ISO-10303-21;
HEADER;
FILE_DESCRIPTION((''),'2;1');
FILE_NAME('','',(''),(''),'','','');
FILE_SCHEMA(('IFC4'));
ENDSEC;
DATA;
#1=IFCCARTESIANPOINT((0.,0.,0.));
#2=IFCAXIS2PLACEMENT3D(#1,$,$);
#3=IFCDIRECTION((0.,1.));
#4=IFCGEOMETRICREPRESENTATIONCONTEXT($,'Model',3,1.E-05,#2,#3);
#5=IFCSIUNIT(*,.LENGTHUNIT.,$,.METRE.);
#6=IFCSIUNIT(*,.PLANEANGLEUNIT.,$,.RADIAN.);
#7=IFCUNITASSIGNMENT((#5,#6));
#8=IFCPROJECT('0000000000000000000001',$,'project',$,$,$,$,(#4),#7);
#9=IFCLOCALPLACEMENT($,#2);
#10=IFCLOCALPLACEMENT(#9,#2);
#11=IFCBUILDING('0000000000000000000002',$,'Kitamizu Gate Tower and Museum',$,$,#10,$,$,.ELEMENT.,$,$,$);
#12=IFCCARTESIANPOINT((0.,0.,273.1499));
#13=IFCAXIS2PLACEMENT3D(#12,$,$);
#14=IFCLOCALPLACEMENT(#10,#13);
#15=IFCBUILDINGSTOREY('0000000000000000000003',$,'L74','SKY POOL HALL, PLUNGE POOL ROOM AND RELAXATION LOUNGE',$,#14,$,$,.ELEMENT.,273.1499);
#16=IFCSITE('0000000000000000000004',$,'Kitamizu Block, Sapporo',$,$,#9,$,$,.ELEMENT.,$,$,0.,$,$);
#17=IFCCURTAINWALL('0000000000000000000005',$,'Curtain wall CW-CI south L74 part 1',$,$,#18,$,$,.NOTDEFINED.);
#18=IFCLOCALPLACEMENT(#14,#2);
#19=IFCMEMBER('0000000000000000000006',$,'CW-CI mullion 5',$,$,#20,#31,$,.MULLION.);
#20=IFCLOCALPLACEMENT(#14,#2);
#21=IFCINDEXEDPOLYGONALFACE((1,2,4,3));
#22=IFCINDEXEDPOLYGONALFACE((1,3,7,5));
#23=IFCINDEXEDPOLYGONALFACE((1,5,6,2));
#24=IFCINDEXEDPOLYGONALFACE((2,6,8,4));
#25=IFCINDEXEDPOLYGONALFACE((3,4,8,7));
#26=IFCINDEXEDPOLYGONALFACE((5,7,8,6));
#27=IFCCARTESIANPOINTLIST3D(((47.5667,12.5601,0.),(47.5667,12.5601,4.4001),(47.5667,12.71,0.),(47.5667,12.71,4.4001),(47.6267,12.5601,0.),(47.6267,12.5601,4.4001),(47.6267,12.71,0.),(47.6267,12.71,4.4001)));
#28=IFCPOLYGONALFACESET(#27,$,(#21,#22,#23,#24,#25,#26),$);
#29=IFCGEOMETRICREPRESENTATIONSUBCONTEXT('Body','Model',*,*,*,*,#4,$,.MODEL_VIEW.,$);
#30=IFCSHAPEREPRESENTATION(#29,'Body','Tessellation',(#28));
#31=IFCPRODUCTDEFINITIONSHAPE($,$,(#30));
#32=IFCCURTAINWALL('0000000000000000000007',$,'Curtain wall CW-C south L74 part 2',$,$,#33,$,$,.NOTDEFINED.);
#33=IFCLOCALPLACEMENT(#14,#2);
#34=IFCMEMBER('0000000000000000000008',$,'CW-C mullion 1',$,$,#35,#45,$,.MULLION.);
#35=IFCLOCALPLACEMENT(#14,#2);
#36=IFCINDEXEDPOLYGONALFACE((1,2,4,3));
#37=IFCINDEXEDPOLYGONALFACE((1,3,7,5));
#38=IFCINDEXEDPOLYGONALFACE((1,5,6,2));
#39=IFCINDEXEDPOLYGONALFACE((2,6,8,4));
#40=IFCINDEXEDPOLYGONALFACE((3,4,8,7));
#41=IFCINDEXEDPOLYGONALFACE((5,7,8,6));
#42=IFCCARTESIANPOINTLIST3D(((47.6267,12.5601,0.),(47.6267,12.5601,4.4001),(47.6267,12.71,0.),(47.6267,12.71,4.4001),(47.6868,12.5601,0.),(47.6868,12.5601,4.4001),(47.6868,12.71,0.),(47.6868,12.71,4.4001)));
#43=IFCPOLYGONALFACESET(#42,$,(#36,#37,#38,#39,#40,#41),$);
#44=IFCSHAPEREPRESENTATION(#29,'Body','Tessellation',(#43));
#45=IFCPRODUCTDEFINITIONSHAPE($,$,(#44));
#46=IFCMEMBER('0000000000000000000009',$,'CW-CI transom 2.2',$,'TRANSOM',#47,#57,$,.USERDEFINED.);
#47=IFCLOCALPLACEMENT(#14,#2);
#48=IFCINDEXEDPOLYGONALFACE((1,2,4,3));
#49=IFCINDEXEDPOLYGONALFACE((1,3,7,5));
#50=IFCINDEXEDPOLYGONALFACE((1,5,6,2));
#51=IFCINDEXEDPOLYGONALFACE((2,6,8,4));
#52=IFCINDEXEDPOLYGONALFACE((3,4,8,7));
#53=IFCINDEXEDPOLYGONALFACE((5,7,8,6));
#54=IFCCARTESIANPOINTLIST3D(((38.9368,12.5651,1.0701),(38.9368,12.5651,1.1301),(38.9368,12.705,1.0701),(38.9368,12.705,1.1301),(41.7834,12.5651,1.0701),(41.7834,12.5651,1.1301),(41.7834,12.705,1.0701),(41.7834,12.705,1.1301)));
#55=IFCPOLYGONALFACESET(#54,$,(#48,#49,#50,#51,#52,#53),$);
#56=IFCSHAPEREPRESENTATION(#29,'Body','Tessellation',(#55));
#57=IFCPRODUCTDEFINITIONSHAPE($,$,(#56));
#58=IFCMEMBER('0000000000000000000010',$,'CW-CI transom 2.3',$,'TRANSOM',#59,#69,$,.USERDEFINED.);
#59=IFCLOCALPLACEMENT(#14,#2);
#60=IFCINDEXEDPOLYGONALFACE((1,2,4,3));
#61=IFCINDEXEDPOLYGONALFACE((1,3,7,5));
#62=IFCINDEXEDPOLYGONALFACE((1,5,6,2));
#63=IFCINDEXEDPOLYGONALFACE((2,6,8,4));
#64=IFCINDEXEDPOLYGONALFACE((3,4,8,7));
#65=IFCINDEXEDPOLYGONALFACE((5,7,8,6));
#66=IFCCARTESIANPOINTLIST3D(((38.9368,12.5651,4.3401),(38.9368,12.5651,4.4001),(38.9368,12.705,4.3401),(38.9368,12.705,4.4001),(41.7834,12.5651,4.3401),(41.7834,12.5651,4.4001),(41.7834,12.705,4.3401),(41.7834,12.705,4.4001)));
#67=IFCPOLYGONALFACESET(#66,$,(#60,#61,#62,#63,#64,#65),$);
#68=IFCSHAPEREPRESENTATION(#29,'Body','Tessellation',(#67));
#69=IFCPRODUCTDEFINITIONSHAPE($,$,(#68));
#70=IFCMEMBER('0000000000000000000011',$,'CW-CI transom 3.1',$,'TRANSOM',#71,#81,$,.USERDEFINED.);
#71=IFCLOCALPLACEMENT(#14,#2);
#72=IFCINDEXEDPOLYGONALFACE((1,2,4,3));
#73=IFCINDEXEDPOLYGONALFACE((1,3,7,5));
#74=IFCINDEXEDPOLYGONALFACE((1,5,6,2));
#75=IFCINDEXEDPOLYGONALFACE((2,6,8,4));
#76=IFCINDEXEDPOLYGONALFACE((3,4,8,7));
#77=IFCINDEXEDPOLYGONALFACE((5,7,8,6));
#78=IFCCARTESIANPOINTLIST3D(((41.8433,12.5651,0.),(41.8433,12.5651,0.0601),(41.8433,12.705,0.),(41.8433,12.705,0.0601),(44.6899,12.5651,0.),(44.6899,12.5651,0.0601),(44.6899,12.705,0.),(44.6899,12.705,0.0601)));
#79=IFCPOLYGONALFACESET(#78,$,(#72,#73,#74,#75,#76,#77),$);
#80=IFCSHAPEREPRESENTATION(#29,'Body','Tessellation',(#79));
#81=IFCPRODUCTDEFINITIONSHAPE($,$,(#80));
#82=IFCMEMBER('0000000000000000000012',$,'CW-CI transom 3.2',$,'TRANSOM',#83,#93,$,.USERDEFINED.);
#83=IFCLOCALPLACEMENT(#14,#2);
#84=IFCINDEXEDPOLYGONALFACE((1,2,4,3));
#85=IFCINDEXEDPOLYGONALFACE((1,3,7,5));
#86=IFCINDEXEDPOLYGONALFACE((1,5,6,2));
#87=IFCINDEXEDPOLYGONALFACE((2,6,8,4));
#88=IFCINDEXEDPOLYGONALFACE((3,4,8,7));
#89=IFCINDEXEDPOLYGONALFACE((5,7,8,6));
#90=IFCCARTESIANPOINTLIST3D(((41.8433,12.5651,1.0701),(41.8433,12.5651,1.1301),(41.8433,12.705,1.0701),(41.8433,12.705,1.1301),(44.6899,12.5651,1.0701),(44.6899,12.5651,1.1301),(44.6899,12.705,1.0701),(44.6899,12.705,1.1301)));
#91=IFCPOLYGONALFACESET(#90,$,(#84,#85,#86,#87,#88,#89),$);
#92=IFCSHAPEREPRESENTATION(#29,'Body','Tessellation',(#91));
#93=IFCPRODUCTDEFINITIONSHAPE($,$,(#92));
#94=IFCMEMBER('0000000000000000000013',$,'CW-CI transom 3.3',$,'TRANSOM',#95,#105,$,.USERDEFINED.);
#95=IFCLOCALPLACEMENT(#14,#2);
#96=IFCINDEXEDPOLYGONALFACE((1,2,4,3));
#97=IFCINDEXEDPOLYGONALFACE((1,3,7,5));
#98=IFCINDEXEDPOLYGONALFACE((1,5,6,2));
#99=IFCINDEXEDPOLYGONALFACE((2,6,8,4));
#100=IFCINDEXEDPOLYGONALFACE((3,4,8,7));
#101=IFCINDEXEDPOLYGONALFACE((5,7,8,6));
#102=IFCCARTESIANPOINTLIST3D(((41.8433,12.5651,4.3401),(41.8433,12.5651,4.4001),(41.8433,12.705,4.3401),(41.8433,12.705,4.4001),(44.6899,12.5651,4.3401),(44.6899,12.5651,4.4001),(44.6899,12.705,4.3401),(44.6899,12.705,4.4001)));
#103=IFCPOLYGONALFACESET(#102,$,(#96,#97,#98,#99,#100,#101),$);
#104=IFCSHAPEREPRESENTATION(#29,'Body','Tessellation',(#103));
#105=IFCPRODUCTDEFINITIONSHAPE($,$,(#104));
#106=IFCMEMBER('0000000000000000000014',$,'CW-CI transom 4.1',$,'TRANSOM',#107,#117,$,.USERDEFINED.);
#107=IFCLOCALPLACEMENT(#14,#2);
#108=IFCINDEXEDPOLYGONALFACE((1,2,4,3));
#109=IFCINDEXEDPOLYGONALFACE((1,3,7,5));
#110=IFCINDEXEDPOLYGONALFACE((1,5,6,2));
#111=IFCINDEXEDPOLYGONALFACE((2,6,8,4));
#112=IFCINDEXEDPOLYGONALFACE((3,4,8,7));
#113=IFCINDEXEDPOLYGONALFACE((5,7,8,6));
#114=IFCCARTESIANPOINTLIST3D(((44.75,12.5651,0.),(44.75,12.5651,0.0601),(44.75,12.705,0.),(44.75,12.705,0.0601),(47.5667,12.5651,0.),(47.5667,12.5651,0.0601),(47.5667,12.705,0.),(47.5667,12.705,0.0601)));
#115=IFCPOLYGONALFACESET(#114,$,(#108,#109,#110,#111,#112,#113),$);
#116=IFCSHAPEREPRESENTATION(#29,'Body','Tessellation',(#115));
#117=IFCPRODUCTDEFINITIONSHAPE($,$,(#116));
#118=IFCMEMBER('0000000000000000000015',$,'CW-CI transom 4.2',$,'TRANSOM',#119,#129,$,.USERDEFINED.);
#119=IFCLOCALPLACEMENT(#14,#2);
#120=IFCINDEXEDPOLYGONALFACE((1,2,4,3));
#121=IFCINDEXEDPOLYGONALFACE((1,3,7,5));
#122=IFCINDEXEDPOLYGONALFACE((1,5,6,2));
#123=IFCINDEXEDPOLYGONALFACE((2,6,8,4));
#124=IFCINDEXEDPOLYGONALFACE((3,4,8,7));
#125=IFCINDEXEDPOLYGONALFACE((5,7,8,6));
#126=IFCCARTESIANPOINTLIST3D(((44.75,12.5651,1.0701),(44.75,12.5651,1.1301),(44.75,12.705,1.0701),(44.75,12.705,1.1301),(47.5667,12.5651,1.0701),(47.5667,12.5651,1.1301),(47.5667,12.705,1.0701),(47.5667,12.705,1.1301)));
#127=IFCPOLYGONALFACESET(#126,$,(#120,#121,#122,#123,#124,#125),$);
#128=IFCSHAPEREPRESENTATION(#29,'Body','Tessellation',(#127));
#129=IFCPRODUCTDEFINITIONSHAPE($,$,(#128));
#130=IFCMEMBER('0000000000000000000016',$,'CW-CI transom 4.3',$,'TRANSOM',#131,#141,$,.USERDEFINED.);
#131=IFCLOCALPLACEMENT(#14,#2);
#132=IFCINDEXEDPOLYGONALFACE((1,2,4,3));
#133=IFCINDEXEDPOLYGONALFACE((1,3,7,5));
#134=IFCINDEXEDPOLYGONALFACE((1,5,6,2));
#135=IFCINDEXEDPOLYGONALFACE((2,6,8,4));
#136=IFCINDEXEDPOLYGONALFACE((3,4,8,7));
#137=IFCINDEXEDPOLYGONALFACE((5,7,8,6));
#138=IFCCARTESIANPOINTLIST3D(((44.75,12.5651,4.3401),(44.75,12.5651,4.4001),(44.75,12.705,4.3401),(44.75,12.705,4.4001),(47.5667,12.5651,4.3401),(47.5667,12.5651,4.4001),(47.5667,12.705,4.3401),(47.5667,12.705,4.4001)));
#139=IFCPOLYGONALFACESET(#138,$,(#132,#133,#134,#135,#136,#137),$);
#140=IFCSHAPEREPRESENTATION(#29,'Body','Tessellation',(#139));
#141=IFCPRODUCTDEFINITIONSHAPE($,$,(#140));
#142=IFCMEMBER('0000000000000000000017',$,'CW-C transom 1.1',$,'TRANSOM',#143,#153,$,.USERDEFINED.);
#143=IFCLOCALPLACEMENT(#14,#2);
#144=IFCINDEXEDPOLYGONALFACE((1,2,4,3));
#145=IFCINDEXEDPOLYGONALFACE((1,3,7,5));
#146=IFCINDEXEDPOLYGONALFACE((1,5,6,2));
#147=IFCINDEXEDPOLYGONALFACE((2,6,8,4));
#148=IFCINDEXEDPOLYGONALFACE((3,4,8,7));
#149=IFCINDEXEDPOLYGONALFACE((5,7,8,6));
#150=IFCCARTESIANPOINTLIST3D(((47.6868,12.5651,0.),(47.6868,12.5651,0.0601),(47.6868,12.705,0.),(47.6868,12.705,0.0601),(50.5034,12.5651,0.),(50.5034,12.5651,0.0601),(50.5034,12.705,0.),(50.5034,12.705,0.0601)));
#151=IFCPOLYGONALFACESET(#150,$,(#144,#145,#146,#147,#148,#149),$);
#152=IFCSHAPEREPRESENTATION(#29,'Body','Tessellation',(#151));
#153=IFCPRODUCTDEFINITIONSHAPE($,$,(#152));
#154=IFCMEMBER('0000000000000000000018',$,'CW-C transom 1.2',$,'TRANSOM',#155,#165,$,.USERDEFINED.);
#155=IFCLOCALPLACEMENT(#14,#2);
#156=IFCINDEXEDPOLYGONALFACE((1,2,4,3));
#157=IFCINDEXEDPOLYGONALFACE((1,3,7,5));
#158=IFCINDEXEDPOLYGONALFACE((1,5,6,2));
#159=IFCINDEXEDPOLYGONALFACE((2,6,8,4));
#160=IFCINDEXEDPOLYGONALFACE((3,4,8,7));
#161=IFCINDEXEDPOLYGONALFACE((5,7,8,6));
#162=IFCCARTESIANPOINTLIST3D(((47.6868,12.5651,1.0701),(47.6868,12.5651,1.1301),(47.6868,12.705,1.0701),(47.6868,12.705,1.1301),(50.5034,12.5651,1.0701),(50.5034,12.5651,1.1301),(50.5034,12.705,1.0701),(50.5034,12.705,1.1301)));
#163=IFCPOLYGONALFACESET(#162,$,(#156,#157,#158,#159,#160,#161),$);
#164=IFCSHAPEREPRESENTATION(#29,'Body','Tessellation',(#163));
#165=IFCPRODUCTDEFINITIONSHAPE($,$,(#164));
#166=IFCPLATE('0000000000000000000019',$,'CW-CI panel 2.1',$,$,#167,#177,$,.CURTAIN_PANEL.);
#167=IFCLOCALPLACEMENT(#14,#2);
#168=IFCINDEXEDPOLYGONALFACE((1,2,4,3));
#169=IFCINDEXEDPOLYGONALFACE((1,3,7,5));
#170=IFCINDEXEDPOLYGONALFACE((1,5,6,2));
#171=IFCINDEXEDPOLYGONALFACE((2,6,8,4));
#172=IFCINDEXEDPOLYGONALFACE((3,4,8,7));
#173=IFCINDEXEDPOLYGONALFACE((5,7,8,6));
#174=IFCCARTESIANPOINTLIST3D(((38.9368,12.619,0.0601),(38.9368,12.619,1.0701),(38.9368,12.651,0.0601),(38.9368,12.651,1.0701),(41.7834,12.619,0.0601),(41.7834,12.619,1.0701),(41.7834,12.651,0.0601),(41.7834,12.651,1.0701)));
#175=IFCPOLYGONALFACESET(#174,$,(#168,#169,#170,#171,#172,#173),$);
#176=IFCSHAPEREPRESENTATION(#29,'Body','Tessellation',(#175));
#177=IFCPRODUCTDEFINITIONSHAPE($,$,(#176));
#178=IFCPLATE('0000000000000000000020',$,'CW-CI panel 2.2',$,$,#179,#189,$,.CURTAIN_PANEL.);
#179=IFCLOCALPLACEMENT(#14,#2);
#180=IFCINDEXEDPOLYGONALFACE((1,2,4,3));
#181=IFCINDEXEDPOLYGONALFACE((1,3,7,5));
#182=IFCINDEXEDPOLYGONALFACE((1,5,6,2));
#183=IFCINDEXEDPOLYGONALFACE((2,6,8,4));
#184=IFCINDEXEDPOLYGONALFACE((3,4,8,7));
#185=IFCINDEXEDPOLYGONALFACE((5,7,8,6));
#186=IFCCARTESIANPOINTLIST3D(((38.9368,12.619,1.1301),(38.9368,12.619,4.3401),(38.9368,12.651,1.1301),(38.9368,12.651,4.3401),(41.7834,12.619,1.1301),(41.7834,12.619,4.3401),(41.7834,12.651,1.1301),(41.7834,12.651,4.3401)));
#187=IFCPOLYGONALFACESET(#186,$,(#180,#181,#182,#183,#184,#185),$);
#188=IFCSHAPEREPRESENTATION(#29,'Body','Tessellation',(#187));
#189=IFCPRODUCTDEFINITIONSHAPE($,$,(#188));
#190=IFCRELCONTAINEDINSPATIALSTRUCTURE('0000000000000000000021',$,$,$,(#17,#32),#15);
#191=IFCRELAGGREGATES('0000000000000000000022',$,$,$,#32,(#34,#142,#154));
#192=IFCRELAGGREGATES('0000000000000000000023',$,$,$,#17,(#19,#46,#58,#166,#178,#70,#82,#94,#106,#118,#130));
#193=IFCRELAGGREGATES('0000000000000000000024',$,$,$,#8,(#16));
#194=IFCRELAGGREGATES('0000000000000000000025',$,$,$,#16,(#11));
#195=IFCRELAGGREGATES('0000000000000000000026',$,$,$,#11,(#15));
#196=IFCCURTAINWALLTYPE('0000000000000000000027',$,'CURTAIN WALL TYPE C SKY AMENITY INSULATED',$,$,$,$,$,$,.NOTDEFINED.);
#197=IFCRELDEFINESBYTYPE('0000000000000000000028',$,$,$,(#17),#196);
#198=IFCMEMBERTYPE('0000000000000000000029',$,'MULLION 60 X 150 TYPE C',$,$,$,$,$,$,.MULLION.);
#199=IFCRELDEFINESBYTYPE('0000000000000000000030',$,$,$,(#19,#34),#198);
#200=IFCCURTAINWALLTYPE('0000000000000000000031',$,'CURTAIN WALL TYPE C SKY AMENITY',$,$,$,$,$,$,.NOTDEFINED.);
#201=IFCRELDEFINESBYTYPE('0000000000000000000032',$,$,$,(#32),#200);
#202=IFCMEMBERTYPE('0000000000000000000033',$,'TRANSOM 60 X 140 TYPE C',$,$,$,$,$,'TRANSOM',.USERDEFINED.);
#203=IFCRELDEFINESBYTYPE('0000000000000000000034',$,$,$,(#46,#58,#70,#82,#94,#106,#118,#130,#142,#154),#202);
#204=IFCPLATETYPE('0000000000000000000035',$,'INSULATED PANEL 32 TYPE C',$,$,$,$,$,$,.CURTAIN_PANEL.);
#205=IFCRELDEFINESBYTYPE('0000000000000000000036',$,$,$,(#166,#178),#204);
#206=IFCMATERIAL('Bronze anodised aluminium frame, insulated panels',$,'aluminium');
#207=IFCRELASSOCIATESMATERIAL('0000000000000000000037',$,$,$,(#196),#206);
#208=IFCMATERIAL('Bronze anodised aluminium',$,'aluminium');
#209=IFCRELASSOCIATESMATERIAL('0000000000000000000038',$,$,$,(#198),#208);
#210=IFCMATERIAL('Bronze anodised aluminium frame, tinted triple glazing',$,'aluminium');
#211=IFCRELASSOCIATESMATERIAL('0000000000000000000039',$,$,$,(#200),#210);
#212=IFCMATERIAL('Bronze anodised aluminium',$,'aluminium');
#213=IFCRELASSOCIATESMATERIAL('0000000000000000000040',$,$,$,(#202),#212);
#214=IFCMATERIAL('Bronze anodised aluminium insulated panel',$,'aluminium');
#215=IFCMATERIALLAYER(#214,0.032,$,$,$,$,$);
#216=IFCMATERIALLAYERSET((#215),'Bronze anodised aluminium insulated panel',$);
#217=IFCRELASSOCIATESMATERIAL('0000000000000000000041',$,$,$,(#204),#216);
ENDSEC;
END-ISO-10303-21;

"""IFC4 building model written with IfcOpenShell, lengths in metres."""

from ifc_helpers import new_model, si_unit, direction, frame, origin, origin_2d, place, context, subcontext, project, spatial, rectangle, extrude, material, layer, layer_set, material_profile, profile_set, type_object, element, aggregate, save


model = new_model("IFC4")

# Units and contexts
model_context = context("Model", 3, precision=1e-05, world=origin(), true_north=direction((0.0, 1.0)))
body_context = subcontext(model_context, "Body", "Model", "MODEL_VIEW")
ifc_project = project(units=[si_unit("LENGTHUNIT", "METRE"), si_unit("PLANEANGLEUNIT", "RADIAN")], contexts=[model_context])

# Site, building, storey
site_placement = place(None, origin())
site = spatial("IfcSite", under=ifc_project, at=site_placement, Name="Kitamizu Block, Sapporo", CompositionType="ELEMENT", RefElevation=0.0)
building_placement = place(site_placement, origin())
building = spatial("IfcBuilding", under=site, at=building_placement, Name="Kitamizu Gate Tower and Museum", CompositionType="ELEMENT")
storey_placement = place(building_placement, frame((0.0, 0.0, 273.1499)))
storey = spatial("IfcBuildingStorey", under=building, at=storey_placement, Name="L74", Description="SKY POOL HALL, PLUNGE POOL ROOM AND RELAXATION LOUNGE", CompositionType="ELEMENT", Elevation=273.1499)

# Curtain wall, member
ifc_material_1 = material(Name="Bronze anodised aluminium frame, insulated panels", Category="aluminium")
curtain_wall_type_1 = type_object("IfcCurtainWallType", Name="CURTAIN WALL TYPE C SKY AMENITY INSULATED", PredefinedType="NOTDEFINED", material=ifc_material_1)
curtain_wall_1_placement = place(storey_placement, origin())
curtain_wall_1 = element("IfcCurtainWall", 1, at=curtain_wall_1_placement, inside=storey, type_object=curtain_wall_type_1, Name="Curtain wall CW-CI south L74 part 1", PredefinedType="NOTDEFINED")
ifc_material_2 = material(Name="Bronze anodised aluminium", Category="aluminium")
ifc_material_profile_1 = material_profile(ifc_material_2, rectangle(XDim=0.0601, YDim=0.1499, at=origin_2d()), Name="AL 60X150")
ifc_profile_set_1 = profile_set([ifc_material_profile_1], Name="Bronze anodised aluminium")
member_type_1 = type_object("IfcMemberType", Name="MULLION 60 X 150 TYPE C", PredefinedType="MULLION", material=ifc_profile_set_1)
member_1_placement = place(storey_placement, frame((47.5967, 12.635, 0.0), z_axis=(0.0, 0.0, 1.0), x_axis=(1.0, 0.0, 0.0)))
member_1 = element("IfcMember", 2, at=member_1_placement, type_object=member_type_1, Name="CW-CI mullion 5", PredefinedType="MULLION", context=body_context, shape_type="SweptSolid", body=[
    extrude(rectangle(XDim=0.0601, YDim=0.1499, at=origin_2d()), origin(), (0.0, 0.0, 1.0), 4.4001),
])

# Curtain wall, member
ifc_material_3 = material(Name="Bronze anodised aluminium frame, tinted triple glazing", Category="aluminium")
curtain_wall_type_2 = type_object("IfcCurtainWallType", Name="CURTAIN WALL TYPE C SKY AMENITY", PredefinedType="NOTDEFINED", material=ifc_material_3)
curtain_wall_2_placement = place(storey_placement, origin())
curtain_wall_2 = element("IfcCurtainWall", 3, at=curtain_wall_2_placement, inside=storey, type_object=curtain_wall_type_2, Name="Curtain wall CW-C south L74 part 2", PredefinedType="NOTDEFINED")
member_2_placement = place(storey_placement, frame((47.6567, 12.635, 0.0), z_axis=(0.0, 0.0, 1.0), x_axis=(1.0, 0.0, 0.0)))
member_2 = element("IfcMember", 4, at=member_2_placement, type_object=member_type_1, Name="CW-C mullion 1", PredefinedType="MULLION", context=body_context, shape_type="SweptSolid", body=[
    extrude(rectangle(XDim=0.0601, YDim=0.1499, at=origin_2d()), origin(), (0.0, 0.0, 1.0), 4.4001),
])

# Members
ifc_material_4 = material(Name="Bronze anodised aluminium", Category="aluminium")
ifc_material_profile_2 = material_profile(ifc_material_4, rectangle(XDim=0.1399, YDim=0.0601, at=origin_2d()), Name="AL 60X140")
ifc_profile_set_2 = profile_set([ifc_material_profile_2], Name="Bronze anodised aluminium")
member_type_2 = type_object("IfcMemberType", Name="TRANSOM 60 X 140 TYPE C", ElementType="TRANSOM", PredefinedType="USERDEFINED", material=ifc_profile_set_2)
member_3_placement = place(storey_placement, frame((38.9368, 12.635, 1.1001), z_axis=(1.0, 0.0, 0.0), x_axis=(0.0, 1.0, 0.0)))
member_3 = element("IfcMember", 5, at=member_3_placement, type_object=member_type_2, Name="CW-CI transom 2.2", ObjectType="TRANSOM", PredefinedType="USERDEFINED", context=body_context, shape_type="SweptSolid", body=[
    extrude(rectangle(XDim=0.1399, YDim=0.0601, at=origin_2d()), origin(), (0.0, 0.0, 1.0), 2.8467),
])
member_4_placement = place(storey_placement, frame((38.9368, 12.635, 4.3701), z_axis=(1.0, 0.0, 0.0), x_axis=(0.0, 1.0, 0.0)))
member_4 = element("IfcMember", 6, at=member_4_placement, type_object=member_type_2, Name="CW-CI transom 2.3", ObjectType="TRANSOM", PredefinedType="USERDEFINED", context=body_context, shape_type="SweptSolid", body=[
    extrude(rectangle(XDim=0.1399, YDim=0.0601, at=origin_2d()), origin(), (0.0, 0.0, 1.0), 2.8467),
])
member_5_placement = place(storey_placement, frame((41.8433, 12.635, 0.03), z_axis=(1.0, 0.0, 0.0), x_axis=(0.0, 1.0, 0.0)))
member_5 = element("IfcMember", 7, at=member_5_placement, type_object=member_type_2, Name="CW-CI transom 3.1", ObjectType="TRANSOM", PredefinedType="USERDEFINED", context=body_context, shape_type="SweptSolid", body=[
    extrude(rectangle(XDim=0.1399, YDim=0.0601, at=origin_2d()), origin(), (0.0, 0.0, 1.0), 2.8467),
])
member_6_placement = place(storey_placement, frame((41.8433, 12.635, 1.1001), z_axis=(1.0, 0.0, 0.0), x_axis=(0.0, 1.0, 0.0)))
member_6 = element("IfcMember", 8, at=member_6_placement, type_object=member_type_2, Name="CW-CI transom 3.2", ObjectType="TRANSOM", PredefinedType="USERDEFINED", context=body_context, shape_type="SweptSolid", body=[
    extrude(rectangle(XDim=0.1399, YDim=0.0601, at=origin_2d()), origin(), (0.0, 0.0, 1.0), 2.8467),
])
member_7_placement = place(storey_placement, frame((41.8433, 12.635, 4.3701), z_axis=(1.0, 0.0, 0.0), x_axis=(0.0, 1.0, 0.0)))
member_7 = element("IfcMember", 9, at=member_7_placement, type_object=member_type_2, Name="CW-CI transom 3.3", ObjectType="TRANSOM", PredefinedType="USERDEFINED", context=body_context, shape_type="SweptSolid", body=[
    extrude(rectangle(XDim=0.1399, YDim=0.0601, at=origin_2d()), origin(), (0.0, 0.0, 1.0), 2.8467),
])
member_8_placement = place(storey_placement, frame((44.75, 12.635, 0.03), z_axis=(1.0, 0.0, 0.0), x_axis=(0.0, 1.0, 0.0)))
member_8 = element("IfcMember", 10, at=member_8_placement, type_object=member_type_2, Name="CW-CI transom 4.1", ObjectType="TRANSOM", PredefinedType="USERDEFINED", context=body_context, shape_type="SweptSolid", body=[
    extrude(rectangle(XDim=0.1399, YDim=0.0601, at=origin_2d()), origin(), (0.0, 0.0, 1.0), 2.8167),
])
member_9_placement = place(storey_placement, frame((44.75, 12.635, 1.1001), z_axis=(1.0, 0.0, 0.0), x_axis=(0.0, 1.0, 0.0)))
member_9 = element("IfcMember", 11, at=member_9_placement, type_object=member_type_2, Name="CW-CI transom 4.2", ObjectType="TRANSOM", PredefinedType="USERDEFINED", context=body_context, shape_type="SweptSolid", body=[
    extrude(rectangle(XDim=0.1399, YDim=0.0601, at=origin_2d()), origin(), (0.0, 0.0, 1.0), 2.8167),
])
member_10_placement = place(storey_placement, frame((44.75, 12.635, 4.3701), z_axis=(1.0, 0.0, 0.0), x_axis=(0.0, 1.0, 0.0)))
member_10 = element("IfcMember", 12, at=member_10_placement, type_object=member_type_2, Name="CW-CI transom 4.3", ObjectType="TRANSOM", PredefinedType="USERDEFINED", context=body_context, shape_type="SweptSolid", body=[
    extrude(rectangle(XDim=0.1399, YDim=0.0601, at=origin_2d()), origin(), (0.0, 0.0, 1.0), 2.8167),
])
member_11_placement = place(storey_placement, frame((47.6868, 12.635, 0.03), z_axis=(1.0, 0.0, 0.0), x_axis=(0.0, 1.0, 0.0)))
member_11 = element("IfcMember", 13, at=member_11_placement, type_object=member_type_2, Name="CW-C transom 1.1", ObjectType="TRANSOM", PredefinedType="USERDEFINED", context=body_context, shape_type="SweptSolid", body=[
    extrude(rectangle(XDim=0.1399, YDim=0.0601, at=origin_2d()), origin(), (0.0, 0.0, 1.0), 2.8167),
])
member_12_placement = place(storey_placement, frame((47.6868, 12.635, 1.1001), z_axis=(1.0, 0.0, 0.0), x_axis=(0.0, 1.0, 0.0)))
member_12 = element("IfcMember", 14, at=member_12_placement, type_object=member_type_2, Name="CW-C transom 1.2", ObjectType="TRANSOM", PredefinedType="USERDEFINED", context=body_context, shape_type="SweptSolid", body=[
    extrude(rectangle(XDim=0.1399, YDim=0.0601, at=origin_2d()), origin(), (0.0, 0.0, 1.0), 2.8167),
])
aggregate(curtain_wall_2, [member_2, member_11, member_12])

# Plates
ifc_material_5 = material(Name="Bronze anodised aluminium insulated panel", Category="aluminium")
ifc_layer_1 = layer(ifc_material_5, 0.032)
ifc_layer_set_1 = layer_set([ifc_layer_1], Name="Bronze anodised aluminium insulated panel")
plate_type = type_object("IfcPlateType", Name="INSULATED PANEL 32 TYPE C", PredefinedType="CURTAIN_PANEL", material=ifc_layer_set_1)
plate_1_placement = place(storey_placement, frame((40.3601, 12.635, 0.0601), z_axis=(0.0, 0.0, 1.0), x_axis=(1.0, 0.0, 0.0)))
plate_1 = element("IfcPlate", 15, at=plate_1_placement, type_object=plate_type, Name="CW-CI panel 2.1", PredefinedType="CURTAIN_PANEL", context=body_context, shape_type="SweptSolid", body=[
    extrude(rectangle(XDim=2.8467, YDim=0.032, at=origin_2d()), origin(), (0.0, 0.0, 1.0), 1.01),
])
plate_2_placement = place(storey_placement, frame((40.3601, 12.635, 1.1301), z_axis=(0.0, 0.0, 1.0), x_axis=(1.0, 0.0, 0.0)))
plate_2 = element("IfcPlate", 16, at=plate_2_placement, type_object=plate_type, Name="CW-CI panel 2.2", PredefinedType="CURTAIN_PANEL", context=body_context, shape_type="SweptSolid", body=[
    extrude(rectangle(XDim=2.8467, YDim=0.032, at=origin_2d()), origin(), (0.0, 0.0, 1.0), 3.21),
])
aggregate(curtain_wall_1, [member_1, member_3, member_4, plate_1, plate_2, member_5, member_6, member_7, member_8, member_9, member_10])

save(model, "model.ifc")
